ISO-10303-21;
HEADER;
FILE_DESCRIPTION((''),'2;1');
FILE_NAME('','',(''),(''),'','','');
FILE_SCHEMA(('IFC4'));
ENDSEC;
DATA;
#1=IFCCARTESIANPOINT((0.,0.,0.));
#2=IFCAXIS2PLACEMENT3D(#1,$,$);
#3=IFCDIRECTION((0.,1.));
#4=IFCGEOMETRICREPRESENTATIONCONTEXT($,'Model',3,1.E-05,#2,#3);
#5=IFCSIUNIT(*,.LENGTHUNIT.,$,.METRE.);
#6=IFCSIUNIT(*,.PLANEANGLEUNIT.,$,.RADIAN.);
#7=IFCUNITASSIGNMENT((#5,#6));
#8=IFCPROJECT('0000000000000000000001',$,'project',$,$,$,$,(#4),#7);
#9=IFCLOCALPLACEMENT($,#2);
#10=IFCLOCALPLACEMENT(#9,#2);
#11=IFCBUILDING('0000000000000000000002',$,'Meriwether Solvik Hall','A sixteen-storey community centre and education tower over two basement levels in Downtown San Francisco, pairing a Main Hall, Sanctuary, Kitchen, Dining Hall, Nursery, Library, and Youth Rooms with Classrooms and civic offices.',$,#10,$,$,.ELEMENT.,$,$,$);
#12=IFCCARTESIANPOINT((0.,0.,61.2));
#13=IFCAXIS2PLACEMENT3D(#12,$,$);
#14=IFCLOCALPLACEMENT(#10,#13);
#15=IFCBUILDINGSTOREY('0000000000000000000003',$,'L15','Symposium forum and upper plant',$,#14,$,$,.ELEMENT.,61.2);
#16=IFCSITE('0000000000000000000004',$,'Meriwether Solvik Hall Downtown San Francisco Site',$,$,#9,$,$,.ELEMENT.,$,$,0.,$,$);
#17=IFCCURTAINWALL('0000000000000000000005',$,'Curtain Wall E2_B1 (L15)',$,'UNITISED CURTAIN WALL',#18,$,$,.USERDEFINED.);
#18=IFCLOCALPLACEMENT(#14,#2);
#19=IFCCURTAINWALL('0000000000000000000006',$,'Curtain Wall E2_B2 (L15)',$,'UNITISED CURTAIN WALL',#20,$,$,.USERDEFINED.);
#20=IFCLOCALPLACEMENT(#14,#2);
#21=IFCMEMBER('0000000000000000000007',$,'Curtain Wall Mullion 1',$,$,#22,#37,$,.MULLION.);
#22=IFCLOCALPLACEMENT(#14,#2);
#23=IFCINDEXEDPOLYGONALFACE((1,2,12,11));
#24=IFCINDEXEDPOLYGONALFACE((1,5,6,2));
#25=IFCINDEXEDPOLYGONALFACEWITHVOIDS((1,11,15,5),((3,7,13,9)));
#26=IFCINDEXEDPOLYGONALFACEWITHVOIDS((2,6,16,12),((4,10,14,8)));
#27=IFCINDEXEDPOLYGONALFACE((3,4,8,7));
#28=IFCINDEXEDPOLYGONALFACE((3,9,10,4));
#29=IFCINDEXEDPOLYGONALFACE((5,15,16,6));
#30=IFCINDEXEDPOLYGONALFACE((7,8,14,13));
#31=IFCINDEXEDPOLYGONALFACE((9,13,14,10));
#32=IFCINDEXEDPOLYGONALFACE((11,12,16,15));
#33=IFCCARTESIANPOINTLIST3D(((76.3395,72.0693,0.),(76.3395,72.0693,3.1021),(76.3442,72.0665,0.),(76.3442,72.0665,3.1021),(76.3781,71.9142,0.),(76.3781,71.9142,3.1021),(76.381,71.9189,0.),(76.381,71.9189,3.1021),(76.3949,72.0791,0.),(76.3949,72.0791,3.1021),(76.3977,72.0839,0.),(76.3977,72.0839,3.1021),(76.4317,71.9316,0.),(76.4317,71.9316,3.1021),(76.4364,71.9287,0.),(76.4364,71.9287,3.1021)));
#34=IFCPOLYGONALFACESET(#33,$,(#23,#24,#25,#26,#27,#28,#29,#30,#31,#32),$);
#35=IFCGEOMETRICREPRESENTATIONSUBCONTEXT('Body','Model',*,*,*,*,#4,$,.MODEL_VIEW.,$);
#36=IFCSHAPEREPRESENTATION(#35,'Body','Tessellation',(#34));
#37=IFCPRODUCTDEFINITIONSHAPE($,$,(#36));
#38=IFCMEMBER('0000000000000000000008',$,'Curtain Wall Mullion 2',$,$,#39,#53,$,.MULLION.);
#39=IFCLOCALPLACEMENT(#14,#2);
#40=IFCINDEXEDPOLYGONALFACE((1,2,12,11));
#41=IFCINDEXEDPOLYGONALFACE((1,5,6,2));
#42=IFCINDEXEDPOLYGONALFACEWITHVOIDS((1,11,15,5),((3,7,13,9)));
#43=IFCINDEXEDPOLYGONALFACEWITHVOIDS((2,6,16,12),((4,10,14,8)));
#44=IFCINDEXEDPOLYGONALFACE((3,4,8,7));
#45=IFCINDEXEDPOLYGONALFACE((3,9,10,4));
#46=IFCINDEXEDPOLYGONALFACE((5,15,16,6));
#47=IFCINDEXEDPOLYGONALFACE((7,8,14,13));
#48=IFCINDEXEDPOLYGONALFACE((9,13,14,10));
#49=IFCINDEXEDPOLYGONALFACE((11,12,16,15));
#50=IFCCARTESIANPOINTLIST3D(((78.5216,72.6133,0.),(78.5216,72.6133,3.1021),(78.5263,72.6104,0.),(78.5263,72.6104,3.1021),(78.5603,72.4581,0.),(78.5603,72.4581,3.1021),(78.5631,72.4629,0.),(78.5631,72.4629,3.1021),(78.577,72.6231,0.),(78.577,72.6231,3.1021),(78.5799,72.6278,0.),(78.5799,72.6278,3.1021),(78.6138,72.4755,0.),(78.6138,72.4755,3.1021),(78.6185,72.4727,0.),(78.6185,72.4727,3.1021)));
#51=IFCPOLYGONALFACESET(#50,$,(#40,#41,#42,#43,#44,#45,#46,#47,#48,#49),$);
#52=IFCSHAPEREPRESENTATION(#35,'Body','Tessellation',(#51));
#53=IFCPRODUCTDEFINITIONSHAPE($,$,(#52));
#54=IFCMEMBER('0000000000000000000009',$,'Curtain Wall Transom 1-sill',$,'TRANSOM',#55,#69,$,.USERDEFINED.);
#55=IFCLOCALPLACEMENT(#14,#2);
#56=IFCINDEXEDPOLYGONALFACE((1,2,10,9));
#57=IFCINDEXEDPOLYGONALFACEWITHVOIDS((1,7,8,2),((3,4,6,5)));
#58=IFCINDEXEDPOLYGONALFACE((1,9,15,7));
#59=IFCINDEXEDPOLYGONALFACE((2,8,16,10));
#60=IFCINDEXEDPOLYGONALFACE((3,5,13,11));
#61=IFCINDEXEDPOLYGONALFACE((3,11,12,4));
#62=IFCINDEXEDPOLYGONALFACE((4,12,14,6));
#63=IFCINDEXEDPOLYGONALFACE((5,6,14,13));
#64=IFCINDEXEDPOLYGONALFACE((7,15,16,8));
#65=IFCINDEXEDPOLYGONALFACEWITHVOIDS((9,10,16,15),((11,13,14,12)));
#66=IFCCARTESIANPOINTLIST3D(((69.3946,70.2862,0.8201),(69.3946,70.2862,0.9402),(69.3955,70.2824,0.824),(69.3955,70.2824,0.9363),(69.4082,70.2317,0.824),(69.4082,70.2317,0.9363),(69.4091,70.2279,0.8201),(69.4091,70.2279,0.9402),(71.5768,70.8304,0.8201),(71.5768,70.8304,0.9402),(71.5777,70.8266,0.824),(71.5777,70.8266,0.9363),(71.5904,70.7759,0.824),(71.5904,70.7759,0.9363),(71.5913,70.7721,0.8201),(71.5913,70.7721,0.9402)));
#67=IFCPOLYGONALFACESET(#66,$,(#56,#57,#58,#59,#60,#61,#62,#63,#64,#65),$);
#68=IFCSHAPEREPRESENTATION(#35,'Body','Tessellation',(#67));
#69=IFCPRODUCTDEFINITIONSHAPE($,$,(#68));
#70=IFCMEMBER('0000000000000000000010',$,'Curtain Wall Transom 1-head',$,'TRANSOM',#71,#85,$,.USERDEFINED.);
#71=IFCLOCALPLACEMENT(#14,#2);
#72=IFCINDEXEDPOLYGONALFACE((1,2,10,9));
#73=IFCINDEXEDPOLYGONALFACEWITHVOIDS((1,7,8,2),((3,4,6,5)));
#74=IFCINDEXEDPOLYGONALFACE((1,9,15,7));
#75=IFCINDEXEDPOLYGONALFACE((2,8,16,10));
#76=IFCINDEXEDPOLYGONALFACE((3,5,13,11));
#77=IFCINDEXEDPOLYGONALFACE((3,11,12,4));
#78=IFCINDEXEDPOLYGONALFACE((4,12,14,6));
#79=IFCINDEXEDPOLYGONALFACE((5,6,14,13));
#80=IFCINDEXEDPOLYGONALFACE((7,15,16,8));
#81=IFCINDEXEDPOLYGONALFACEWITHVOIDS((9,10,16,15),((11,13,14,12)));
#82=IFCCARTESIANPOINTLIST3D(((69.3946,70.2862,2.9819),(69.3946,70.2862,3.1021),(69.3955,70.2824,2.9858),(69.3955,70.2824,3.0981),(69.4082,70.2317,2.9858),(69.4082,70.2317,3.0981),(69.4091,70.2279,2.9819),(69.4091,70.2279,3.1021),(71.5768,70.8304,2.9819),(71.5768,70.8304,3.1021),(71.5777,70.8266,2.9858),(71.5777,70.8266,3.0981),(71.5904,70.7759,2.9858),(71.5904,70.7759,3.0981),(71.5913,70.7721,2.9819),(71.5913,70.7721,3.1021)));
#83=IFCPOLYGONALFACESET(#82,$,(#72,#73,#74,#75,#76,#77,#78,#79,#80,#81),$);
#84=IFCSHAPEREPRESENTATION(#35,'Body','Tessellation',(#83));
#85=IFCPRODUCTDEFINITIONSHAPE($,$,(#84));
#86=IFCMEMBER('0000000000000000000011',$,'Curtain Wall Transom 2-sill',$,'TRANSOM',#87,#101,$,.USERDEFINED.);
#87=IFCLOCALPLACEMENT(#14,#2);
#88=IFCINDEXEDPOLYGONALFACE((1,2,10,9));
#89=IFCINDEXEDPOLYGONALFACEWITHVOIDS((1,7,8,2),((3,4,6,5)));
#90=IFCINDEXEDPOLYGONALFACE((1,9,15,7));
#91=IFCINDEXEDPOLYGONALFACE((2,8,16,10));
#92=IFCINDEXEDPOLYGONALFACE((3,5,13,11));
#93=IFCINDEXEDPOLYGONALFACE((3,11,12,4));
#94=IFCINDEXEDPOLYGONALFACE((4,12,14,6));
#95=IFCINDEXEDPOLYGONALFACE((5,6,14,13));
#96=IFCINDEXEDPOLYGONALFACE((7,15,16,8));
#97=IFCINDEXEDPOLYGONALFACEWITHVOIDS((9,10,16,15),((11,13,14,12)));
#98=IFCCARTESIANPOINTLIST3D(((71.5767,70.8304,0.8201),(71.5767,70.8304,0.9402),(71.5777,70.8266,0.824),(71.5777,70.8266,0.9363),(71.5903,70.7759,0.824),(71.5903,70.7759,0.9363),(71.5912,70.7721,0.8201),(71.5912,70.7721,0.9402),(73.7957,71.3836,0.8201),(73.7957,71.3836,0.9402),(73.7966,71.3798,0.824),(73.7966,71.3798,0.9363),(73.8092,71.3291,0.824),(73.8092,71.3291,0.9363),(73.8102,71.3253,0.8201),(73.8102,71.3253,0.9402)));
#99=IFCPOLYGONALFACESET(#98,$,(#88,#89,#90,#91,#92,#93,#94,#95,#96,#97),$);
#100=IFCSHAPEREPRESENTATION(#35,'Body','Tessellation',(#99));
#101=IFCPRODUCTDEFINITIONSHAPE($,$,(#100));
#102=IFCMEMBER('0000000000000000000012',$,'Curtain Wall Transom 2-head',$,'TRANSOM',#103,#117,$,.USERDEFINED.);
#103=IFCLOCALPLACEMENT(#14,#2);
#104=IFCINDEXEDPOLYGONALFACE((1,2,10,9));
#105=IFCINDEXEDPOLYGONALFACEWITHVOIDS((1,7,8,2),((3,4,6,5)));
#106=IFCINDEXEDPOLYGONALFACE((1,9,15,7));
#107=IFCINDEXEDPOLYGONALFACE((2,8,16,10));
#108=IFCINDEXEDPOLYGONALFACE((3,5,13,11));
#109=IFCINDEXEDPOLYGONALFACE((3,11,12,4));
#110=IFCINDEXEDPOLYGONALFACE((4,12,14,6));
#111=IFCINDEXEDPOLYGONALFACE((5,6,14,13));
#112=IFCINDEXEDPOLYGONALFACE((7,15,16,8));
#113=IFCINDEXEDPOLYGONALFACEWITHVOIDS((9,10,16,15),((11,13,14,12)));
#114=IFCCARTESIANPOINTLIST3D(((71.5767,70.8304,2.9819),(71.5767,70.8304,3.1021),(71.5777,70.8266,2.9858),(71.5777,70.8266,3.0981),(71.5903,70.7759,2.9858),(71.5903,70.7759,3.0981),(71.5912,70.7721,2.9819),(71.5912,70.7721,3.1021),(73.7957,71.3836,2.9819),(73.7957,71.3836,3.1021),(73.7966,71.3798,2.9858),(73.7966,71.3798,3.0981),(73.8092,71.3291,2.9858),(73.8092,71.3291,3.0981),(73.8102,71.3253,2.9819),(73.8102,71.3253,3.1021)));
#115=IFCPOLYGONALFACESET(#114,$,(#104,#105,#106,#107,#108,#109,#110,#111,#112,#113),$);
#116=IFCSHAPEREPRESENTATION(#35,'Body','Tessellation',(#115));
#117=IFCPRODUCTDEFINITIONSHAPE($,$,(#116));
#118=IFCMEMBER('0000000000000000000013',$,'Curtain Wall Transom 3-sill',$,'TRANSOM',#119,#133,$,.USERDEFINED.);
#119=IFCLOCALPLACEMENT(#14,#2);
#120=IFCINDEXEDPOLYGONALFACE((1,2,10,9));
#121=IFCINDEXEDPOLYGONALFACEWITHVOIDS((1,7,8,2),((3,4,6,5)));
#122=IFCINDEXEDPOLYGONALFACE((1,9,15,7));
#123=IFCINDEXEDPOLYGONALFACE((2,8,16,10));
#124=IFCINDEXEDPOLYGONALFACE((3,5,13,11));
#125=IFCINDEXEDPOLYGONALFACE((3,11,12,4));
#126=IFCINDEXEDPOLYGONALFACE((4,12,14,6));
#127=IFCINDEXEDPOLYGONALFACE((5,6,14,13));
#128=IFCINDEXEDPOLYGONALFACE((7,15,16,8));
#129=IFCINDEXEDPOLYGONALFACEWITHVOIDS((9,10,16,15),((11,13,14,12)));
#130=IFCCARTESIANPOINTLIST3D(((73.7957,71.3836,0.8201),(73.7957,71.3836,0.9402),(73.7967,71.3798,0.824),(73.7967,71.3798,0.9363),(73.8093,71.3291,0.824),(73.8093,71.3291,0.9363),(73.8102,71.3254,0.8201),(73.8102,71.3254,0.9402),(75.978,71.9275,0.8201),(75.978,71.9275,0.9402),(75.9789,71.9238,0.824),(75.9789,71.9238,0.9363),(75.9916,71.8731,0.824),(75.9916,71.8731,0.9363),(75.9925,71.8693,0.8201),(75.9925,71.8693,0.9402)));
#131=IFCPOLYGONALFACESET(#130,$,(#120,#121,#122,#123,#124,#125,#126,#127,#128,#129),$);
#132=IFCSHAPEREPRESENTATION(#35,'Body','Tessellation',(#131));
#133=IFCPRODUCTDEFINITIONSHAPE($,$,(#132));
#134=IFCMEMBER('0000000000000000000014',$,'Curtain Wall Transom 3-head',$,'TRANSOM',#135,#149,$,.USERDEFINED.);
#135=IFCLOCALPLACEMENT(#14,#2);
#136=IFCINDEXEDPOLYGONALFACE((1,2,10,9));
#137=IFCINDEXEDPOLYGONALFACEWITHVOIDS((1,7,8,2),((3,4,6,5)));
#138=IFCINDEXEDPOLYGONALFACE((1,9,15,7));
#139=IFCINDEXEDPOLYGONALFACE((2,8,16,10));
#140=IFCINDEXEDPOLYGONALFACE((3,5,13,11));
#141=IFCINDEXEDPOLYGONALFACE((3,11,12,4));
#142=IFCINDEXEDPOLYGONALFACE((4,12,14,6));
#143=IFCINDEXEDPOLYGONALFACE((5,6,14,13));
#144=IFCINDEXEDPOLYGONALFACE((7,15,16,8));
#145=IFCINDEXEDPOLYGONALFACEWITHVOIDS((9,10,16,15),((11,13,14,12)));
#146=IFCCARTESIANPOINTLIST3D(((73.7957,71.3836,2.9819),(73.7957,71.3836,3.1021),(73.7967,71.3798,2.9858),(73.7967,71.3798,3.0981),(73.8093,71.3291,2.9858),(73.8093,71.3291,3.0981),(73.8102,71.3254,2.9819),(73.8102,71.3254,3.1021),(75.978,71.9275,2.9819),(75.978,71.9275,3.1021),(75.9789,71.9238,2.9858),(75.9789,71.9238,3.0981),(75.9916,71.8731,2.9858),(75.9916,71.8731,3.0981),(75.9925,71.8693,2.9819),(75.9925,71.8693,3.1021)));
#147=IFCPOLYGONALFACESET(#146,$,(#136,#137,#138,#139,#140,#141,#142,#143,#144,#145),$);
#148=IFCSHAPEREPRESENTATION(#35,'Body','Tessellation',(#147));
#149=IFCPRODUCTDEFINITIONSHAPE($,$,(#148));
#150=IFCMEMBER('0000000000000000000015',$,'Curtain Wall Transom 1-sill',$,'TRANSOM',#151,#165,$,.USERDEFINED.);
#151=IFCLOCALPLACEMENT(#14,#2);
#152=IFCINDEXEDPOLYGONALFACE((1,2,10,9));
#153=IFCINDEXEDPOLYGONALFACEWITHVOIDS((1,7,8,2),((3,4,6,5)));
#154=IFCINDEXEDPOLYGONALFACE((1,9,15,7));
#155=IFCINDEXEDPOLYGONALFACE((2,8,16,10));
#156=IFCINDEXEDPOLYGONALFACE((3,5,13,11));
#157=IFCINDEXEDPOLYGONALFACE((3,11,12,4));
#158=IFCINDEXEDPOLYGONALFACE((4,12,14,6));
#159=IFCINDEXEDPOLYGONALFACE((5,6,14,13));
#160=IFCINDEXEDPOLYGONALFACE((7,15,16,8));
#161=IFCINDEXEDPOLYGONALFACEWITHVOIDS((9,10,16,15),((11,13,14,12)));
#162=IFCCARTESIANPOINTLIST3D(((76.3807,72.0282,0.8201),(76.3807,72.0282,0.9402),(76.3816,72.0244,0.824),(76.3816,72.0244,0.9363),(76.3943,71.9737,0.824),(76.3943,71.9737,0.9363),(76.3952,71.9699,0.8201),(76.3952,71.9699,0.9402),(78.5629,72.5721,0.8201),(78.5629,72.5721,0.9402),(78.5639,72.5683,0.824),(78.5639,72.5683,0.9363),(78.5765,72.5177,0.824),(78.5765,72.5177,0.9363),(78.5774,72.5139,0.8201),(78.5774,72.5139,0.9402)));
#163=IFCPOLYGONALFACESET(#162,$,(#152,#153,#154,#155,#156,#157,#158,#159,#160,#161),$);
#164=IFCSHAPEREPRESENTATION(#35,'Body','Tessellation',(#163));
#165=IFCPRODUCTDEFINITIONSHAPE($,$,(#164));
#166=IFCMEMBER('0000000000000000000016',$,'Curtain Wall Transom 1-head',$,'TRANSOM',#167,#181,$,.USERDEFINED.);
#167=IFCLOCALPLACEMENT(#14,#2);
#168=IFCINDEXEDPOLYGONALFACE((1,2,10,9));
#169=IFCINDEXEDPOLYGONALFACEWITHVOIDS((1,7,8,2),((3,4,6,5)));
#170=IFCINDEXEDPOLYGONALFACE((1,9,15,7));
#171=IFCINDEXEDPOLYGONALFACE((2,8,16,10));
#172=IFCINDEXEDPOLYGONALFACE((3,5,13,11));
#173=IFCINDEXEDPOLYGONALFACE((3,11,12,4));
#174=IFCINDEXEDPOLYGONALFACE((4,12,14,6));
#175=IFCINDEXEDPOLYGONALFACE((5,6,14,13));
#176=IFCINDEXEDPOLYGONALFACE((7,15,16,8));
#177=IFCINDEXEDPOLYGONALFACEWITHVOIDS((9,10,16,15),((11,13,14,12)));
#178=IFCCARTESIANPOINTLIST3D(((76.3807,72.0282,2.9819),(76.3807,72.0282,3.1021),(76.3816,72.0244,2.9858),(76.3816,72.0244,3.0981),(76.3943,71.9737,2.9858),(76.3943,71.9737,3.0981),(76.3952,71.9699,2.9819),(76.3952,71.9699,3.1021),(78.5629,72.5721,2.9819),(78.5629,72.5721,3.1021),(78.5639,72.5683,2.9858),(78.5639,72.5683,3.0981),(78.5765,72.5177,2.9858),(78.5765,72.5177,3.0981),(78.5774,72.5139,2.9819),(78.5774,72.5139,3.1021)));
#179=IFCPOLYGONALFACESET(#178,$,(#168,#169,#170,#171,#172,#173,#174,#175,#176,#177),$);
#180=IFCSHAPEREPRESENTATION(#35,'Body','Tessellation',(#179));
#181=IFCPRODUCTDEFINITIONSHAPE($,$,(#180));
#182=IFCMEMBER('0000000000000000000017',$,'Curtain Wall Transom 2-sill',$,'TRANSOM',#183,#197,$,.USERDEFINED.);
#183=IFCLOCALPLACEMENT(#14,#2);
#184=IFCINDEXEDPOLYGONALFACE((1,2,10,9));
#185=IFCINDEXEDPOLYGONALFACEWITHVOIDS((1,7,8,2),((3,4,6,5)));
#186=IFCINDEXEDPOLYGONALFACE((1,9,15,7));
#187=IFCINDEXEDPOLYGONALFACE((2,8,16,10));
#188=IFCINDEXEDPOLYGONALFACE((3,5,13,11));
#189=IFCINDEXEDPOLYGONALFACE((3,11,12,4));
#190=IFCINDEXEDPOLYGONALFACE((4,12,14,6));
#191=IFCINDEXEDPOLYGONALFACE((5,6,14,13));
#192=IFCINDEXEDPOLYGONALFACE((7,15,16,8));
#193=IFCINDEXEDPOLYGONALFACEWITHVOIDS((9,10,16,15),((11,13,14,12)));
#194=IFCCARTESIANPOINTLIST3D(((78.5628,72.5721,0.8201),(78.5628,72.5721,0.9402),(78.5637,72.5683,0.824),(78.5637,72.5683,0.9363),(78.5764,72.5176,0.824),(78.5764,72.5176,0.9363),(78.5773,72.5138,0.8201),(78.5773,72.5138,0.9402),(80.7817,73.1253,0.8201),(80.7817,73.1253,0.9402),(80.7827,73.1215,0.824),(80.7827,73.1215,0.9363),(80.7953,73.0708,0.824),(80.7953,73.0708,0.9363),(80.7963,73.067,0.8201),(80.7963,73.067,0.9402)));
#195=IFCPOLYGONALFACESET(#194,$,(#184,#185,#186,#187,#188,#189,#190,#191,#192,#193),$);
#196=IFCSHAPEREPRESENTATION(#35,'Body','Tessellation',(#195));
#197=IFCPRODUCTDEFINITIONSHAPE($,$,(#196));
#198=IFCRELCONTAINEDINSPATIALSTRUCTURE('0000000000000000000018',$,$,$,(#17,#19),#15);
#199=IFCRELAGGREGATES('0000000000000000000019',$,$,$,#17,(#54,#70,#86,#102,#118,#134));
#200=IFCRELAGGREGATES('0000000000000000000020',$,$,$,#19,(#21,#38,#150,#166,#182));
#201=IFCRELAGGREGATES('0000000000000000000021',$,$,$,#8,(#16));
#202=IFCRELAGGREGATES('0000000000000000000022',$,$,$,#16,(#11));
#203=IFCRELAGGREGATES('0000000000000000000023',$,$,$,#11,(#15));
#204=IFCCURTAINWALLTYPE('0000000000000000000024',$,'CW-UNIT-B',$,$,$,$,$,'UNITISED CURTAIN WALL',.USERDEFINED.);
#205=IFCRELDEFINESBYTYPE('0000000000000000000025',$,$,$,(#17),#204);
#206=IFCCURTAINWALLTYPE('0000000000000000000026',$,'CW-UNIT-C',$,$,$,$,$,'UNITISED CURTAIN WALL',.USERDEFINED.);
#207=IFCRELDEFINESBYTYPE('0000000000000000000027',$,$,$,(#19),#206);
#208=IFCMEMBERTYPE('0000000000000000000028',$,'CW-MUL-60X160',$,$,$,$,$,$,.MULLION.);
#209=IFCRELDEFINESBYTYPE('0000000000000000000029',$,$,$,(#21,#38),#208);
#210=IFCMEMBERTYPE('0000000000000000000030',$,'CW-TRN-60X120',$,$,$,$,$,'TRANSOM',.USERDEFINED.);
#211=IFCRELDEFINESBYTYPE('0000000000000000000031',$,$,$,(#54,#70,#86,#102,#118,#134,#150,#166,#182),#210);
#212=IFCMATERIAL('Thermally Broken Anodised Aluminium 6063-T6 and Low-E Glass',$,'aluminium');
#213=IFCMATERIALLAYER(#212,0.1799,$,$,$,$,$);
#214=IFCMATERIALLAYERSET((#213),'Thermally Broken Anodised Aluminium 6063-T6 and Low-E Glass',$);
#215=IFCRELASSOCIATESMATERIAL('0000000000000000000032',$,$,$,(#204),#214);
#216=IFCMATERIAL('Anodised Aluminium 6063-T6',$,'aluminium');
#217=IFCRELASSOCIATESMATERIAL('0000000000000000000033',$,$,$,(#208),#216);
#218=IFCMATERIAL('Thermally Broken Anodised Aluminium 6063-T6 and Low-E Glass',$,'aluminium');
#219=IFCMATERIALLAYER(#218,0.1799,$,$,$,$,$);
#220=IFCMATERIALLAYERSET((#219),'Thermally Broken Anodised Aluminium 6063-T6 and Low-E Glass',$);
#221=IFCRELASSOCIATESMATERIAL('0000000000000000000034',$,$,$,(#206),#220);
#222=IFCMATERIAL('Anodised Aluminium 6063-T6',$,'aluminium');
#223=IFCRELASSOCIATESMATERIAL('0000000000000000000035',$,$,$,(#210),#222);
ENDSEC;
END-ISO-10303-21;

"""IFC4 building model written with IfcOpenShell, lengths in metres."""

from ifc_helpers import new_model, si_unit, direction, frame, origin, origin_2d, place, context, subcontext, project, spatial, hollow_rectangle, extrude, material, layer, layer_set, material_profile, profile_set, type_object, element, aggregate, save


model = new_model("IFC4")

# Units and contexts
model_context = context("Model", 3, precision=1e-05, world=origin(), true_north=direction((0.0, 1.0)))
body_context = subcontext(model_context, "Body", "Model", "MODEL_VIEW")
ifc_project = project(units=[si_unit("LENGTHUNIT", "METRE"), si_unit("PLANEANGLEUNIT", "RADIAN")], contexts=[model_context])

# Site, building, storey
site_placement = place(None, origin())
site = spatial("IfcSite", under=ifc_project, at=site_placement, Name="Meriwether Solvik Hall Downtown San Francisco Site", CompositionType="ELEMENT", RefElevation=0.0)
building_placement = place(site_placement, origin())
building = spatial("IfcBuilding", under=site, at=building_placement, Name="Meriwether Solvik Hall", Description="A sixteen-storey community centre and education tower over two basement levels in Downtown San Francisco, pairing a Main Hall, Sanctuary, Kitchen, Dining Hall, Nursery, Library, and Youth Rooms with Classrooms and civic offices.", CompositionType="ELEMENT")
storey_placement = place(building_placement, frame((0.0, 0.0, 61.2)))
storey = spatial("IfcBuildingStorey", under=building, at=storey_placement, Name="L15", Description="Symposium forum and upper plant", CompositionType="ELEMENT", Elevation=61.2)

# Curtain walls, members
ifc_material_1 = material(Name="Thermally Broken Anodised Aluminium 6063-T6 and Low-E Glass", Category="aluminium")
ifc_layer_1 = layer(ifc_material_1, 0.1799)
ifc_layer_set_1 = layer_set([ifc_layer_1], Name="Thermally Broken Anodised Aluminium 6063-T6 and Low-E Glass")
curtain_wall_type_1 = type_object("IfcCurtainWallType", Name="CW-UNIT-B", ElementType="UNITISED CURTAIN WALL", PredefinedType="USERDEFINED", material=ifc_layer_set_1)
curtain_wall_1_placement = place(storey_placement, origin())
curtain_wall_1 = element("IfcCurtainWall", 1, at=curtain_wall_1_placement, inside=storey, type_object=curtain_wall_type_1, Name="Curtain Wall E2_B1 (L15)", ObjectType="UNITISED CURTAIN WALL", PredefinedType="USERDEFINED")
ifc_material_2 = material(Name="Anodised Aluminium 6063-T6", Category="aluminium")
ifc_material_profile_1 = material_profile(ifc_material_2, hollow_rectangle(XDim=0.0601, YDim=0.1599, WallThickness=0.0039, at=origin_2d()), Name="CWM-60X160")
ifc_profile_set_1 = profile_set([ifc_material_profile_1], Name="Anodised Aluminium 6063-T6")
member_type_1 = type_object("IfcMemberType", Name="CW-MUL-60X160", PredefinedType="MULLION", material=ifc_profile_set_1)
ifc_material_3 = material(Name="Thermally Broken Anodised Aluminium 6063-T6 and Low-E Glass", Category="aluminium")
ifc_layer_2 = layer(ifc_material_3, 0.1799)
ifc_layer_set_2 = layer_set([ifc_layer_2], Name="Thermally Broken Anodised Aluminium 6063-T6 and Low-E Glass")
curtain_wall_type_2 = type_object("IfcCurtainWallType", Name="CW-UNIT-C", ElementType="UNITISED CURTAIN WALL", PredefinedType="USERDEFINED", material=ifc_layer_set_2)
curtain_wall_2_placement = place(storey_placement, origin())
curtain_wall_2 = element("IfcCurtainWall", 2, at=curtain_wall_2_placement, inside=storey, type_object=curtain_wall_type_2, Name="Curtain Wall E2_B2 (L15)", ObjectType="UNITISED CURTAIN WALL", PredefinedType="USERDEFINED")
member_1_placement = place(storey_placement, frame((76.3879, 71.999, 0.0), z_axis=(0.0, 0.0, 1.0), x_axis=(0.970296, 0.241922, 0.0)))
member_1 = element("IfcMember", 3, at=member_1_placement, type_object=member_type_1, Name="Curtain Wall Mullion 1", PredefinedType="MULLION", context=body_context, shape_type="SweptSolid", body=[
    extrude(hollow_rectangle(XDim=0.0601, YDim=0.1599, WallThickness=0.0039, at=origin_2d()), origin(), (0.0, 0.0, 1.0), 3.1021),
])
member_2_placement = place(storey_placement, frame((78.5701, 72.543, 0.0), z_axis=(0.0, 0.0, 1.0), x_axis=(0.970296, 0.241922, 0.0)))
member_2 = element("IfcMember", 4, at=member_2_placement, type_object=member_type_1, Name="Curtain Wall Mullion 2", PredefinedType="MULLION", context=body_context, shape_type="SweptSolid", body=[
    extrude(hollow_rectangle(XDim=0.0601, YDim=0.1599, WallThickness=0.0039, at=origin_2d()), origin(), (0.0, 0.0, 1.0), 3.1021),
])

# Members
ifc_material_4 = material(Name="Anodised Aluminium 6063-T6", Category="aluminium")
ifc_material_profile_2 = material_profile(ifc_material_4, hollow_rectangle(XDim=0.0601, YDim=0.1201, WallThickness=0.0039, at=origin_2d()), Name="CWT-60X120")
ifc_profile_set_2 = profile_set([ifc_material_profile_2], Name="Anodised Aluminium 6063-T6")
member_type_2 = type_object("IfcMemberType", Name="CW-TRN-60X120", ElementType="TRANSOM", PredefinedType="USERDEFINED", material=ifc_profile_set_2)
member_3_placement = place(storey_placement, frame((69.4019, 70.2571, 0.8801), z_axis=(0.970283, 0.241974, 0.0), x_axis=(-0.241974, 0.970283, 0.0)))
member_3 = element("IfcMember", 5, at=member_3_placement, type_object=member_type_2, Name="Curtain Wall Transom 1-sill", ObjectType="TRANSOM", PredefinedType="USERDEFINED", context=body_context, shape_type="SweptSolid", body=[
    extrude(hollow_rectangle(XDim=0.0601, YDim=0.1201, WallThickness=0.0039, at=origin_2d()), origin(), (0.0, 0.0, 1.0), 2.249),
])
member_4_placement = place(storey_placement, frame((69.4019, 70.2571, 3.042), z_axis=(0.970283, 0.241974, 0.0), x_axis=(-0.241974, 0.970283, 0.0)))
member_4 = element("IfcMember", 6, at=member_4_placement, type_object=member_type_2, Name="Curtain Wall Transom 1-head", ObjectType="TRANSOM", PredefinedType="USERDEFINED", context=body_context, shape_type="SweptSolid", body=[
    extrude(hollow_rectangle(XDim=0.0601, YDim=0.1201, WallThickness=0.0039, at=origin_2d()), origin(), (0.0, 0.0, 1.0), 2.249),
])
member_5_placement = place(storey_placement, frame((71.584, 70.8013, 0.8801), z_axis=(0.970299, 0.241908, 0.0), x_axis=(-0.241908, 0.970299, 0.0)))
member_5 = element("IfcMember", 7, at=member_5_placement, type_object=member_type_2, Name="Curtain Wall Transom 2-sill", ObjectType="TRANSOM", PredefinedType="USERDEFINED", context=body_context, shape_type="SweptSolid", body=[
    extrude(hollow_rectangle(XDim=0.0601, YDim=0.1201, WallThickness=0.0039, at=origin_2d()), origin(), (0.0, 0.0, 1.0), 2.2869),
])
member_6_placement = place(storey_placement, frame((71.584, 70.8013, 3.042), z_axis=(0.970299, 0.241908, 0.0), x_axis=(-0.241908, 0.970299, 0.0)))
member_6 = element("IfcMember", 8, at=member_6_placement, type_object=member_type_2, Name="Curtain Wall Transom 2-head", ObjectType="TRANSOM", PredefinedType="USERDEFINED", context=body_context, shape_type="SweptSolid", body=[
    extrude(hollow_rectangle(XDim=0.0601, YDim=0.1201, WallThickness=0.0039, at=origin_2d()), origin(), (0.0, 0.0, 1.0), 2.2869),
])
member_7_placement = place(storey_placement, frame((73.803, 71.3545, 0.8801), z_axis=(0.970315, 0.241846, 0.0), x_axis=(-0.241846, 0.970315, 0.0)))
member_7 = element("IfcMember", 9, at=member_7_placement, type_object=member_type_2, Name="Curtain Wall Transom 3-sill", ObjectType="TRANSOM", PredefinedType="USERDEFINED", context=body_context, shape_type="SweptSolid", body=[
    extrude(hollow_rectangle(XDim=0.0601, YDim=0.1201, WallThickness=0.0039, at=origin_2d()), origin(), (0.0, 0.0, 1.0), 2.249),
])
member_8_placement = place(storey_placement, frame((73.803, 71.3545, 3.042), z_axis=(0.970315, 0.241846, 0.0), x_axis=(-0.241846, 0.970315, 0.0)))
member_8 = element("IfcMember", 10, at=member_8_placement, type_object=member_type_2, Name="Curtain Wall Transom 3-head", ObjectType="TRANSOM", PredefinedType="USERDEFINED", context=body_context, shape_type="SweptSolid", body=[
    extrude(hollow_rectangle(XDim=0.0601, YDim=0.1201, WallThickness=0.0039, at=origin_2d()), origin(), (0.0, 0.0, 1.0), 2.249),
])
member_9_placement = place(storey_placement, frame((76.3879, 71.999, 0.8801), z_axis=(0.970308, 0.241871, 0.0), x_axis=(-0.241871, 0.970308, 0.0)))
member_9 = element("IfcMember", 11, at=member_9_placement, type_object=member_type_2, Name="Curtain Wall Transom 1-sill", ObjectType="TRANSOM", PredefinedType="USERDEFINED", context=body_context, shape_type="SweptSolid", body=[
    extrude(hollow_rectangle(XDim=0.0601, YDim=0.1201, WallThickness=0.0039, at=origin_2d()), origin(), (0.0, 0.0, 1.0), 2.249),
])
member_10_placement = place(storey_placement, frame((76.3879, 71.999, 3.042), z_axis=(0.970308, 0.241871, 0.0), x_axis=(-0.241871, 0.970308, 0.0)))
member_10 = element("IfcMember", 12, at=member_10_placement, type_object=member_type_2, Name="Curtain Wall Transom 1-head", ObjectType="TRANSOM", PredefinedType="USERDEFINED", context=body_context, shape_type="SweptSolid", body=[
    extrude(hollow_rectangle(XDim=0.0601, YDim=0.1201, WallThickness=0.0039, at=origin_2d()), origin(), (0.0, 0.0, 1.0), 2.249),
])
member_11_placement = place(storey_placement, frame((78.5701, 72.543, 0.8801), z_axis=(0.970299, 0.241908, 0.0), x_axis=(-0.241908, 0.970299, 0.0)))
member_11 = element("IfcMember", 13, at=member_11_placement, type_object=member_type_2, Name="Curtain Wall Transom 2-sill", ObjectType="TRANSOM", PredefinedType="USERDEFINED", context=body_context, shape_type="SweptSolid", body=[
    extrude(hollow_rectangle(XDim=0.0601, YDim=0.1201, WallThickness=0.0039, at=origin_2d()), origin(), (0.0, 0.0, 1.0), 2.2869),
])

aggregate(curtain_wall_1, [member_3, member_4, member_5, member_6, member_7, member_8])
aggregate(curtain_wall_2, [member_1, member_2, member_9, member_10, member_11])

save(model, "model.ifc")
